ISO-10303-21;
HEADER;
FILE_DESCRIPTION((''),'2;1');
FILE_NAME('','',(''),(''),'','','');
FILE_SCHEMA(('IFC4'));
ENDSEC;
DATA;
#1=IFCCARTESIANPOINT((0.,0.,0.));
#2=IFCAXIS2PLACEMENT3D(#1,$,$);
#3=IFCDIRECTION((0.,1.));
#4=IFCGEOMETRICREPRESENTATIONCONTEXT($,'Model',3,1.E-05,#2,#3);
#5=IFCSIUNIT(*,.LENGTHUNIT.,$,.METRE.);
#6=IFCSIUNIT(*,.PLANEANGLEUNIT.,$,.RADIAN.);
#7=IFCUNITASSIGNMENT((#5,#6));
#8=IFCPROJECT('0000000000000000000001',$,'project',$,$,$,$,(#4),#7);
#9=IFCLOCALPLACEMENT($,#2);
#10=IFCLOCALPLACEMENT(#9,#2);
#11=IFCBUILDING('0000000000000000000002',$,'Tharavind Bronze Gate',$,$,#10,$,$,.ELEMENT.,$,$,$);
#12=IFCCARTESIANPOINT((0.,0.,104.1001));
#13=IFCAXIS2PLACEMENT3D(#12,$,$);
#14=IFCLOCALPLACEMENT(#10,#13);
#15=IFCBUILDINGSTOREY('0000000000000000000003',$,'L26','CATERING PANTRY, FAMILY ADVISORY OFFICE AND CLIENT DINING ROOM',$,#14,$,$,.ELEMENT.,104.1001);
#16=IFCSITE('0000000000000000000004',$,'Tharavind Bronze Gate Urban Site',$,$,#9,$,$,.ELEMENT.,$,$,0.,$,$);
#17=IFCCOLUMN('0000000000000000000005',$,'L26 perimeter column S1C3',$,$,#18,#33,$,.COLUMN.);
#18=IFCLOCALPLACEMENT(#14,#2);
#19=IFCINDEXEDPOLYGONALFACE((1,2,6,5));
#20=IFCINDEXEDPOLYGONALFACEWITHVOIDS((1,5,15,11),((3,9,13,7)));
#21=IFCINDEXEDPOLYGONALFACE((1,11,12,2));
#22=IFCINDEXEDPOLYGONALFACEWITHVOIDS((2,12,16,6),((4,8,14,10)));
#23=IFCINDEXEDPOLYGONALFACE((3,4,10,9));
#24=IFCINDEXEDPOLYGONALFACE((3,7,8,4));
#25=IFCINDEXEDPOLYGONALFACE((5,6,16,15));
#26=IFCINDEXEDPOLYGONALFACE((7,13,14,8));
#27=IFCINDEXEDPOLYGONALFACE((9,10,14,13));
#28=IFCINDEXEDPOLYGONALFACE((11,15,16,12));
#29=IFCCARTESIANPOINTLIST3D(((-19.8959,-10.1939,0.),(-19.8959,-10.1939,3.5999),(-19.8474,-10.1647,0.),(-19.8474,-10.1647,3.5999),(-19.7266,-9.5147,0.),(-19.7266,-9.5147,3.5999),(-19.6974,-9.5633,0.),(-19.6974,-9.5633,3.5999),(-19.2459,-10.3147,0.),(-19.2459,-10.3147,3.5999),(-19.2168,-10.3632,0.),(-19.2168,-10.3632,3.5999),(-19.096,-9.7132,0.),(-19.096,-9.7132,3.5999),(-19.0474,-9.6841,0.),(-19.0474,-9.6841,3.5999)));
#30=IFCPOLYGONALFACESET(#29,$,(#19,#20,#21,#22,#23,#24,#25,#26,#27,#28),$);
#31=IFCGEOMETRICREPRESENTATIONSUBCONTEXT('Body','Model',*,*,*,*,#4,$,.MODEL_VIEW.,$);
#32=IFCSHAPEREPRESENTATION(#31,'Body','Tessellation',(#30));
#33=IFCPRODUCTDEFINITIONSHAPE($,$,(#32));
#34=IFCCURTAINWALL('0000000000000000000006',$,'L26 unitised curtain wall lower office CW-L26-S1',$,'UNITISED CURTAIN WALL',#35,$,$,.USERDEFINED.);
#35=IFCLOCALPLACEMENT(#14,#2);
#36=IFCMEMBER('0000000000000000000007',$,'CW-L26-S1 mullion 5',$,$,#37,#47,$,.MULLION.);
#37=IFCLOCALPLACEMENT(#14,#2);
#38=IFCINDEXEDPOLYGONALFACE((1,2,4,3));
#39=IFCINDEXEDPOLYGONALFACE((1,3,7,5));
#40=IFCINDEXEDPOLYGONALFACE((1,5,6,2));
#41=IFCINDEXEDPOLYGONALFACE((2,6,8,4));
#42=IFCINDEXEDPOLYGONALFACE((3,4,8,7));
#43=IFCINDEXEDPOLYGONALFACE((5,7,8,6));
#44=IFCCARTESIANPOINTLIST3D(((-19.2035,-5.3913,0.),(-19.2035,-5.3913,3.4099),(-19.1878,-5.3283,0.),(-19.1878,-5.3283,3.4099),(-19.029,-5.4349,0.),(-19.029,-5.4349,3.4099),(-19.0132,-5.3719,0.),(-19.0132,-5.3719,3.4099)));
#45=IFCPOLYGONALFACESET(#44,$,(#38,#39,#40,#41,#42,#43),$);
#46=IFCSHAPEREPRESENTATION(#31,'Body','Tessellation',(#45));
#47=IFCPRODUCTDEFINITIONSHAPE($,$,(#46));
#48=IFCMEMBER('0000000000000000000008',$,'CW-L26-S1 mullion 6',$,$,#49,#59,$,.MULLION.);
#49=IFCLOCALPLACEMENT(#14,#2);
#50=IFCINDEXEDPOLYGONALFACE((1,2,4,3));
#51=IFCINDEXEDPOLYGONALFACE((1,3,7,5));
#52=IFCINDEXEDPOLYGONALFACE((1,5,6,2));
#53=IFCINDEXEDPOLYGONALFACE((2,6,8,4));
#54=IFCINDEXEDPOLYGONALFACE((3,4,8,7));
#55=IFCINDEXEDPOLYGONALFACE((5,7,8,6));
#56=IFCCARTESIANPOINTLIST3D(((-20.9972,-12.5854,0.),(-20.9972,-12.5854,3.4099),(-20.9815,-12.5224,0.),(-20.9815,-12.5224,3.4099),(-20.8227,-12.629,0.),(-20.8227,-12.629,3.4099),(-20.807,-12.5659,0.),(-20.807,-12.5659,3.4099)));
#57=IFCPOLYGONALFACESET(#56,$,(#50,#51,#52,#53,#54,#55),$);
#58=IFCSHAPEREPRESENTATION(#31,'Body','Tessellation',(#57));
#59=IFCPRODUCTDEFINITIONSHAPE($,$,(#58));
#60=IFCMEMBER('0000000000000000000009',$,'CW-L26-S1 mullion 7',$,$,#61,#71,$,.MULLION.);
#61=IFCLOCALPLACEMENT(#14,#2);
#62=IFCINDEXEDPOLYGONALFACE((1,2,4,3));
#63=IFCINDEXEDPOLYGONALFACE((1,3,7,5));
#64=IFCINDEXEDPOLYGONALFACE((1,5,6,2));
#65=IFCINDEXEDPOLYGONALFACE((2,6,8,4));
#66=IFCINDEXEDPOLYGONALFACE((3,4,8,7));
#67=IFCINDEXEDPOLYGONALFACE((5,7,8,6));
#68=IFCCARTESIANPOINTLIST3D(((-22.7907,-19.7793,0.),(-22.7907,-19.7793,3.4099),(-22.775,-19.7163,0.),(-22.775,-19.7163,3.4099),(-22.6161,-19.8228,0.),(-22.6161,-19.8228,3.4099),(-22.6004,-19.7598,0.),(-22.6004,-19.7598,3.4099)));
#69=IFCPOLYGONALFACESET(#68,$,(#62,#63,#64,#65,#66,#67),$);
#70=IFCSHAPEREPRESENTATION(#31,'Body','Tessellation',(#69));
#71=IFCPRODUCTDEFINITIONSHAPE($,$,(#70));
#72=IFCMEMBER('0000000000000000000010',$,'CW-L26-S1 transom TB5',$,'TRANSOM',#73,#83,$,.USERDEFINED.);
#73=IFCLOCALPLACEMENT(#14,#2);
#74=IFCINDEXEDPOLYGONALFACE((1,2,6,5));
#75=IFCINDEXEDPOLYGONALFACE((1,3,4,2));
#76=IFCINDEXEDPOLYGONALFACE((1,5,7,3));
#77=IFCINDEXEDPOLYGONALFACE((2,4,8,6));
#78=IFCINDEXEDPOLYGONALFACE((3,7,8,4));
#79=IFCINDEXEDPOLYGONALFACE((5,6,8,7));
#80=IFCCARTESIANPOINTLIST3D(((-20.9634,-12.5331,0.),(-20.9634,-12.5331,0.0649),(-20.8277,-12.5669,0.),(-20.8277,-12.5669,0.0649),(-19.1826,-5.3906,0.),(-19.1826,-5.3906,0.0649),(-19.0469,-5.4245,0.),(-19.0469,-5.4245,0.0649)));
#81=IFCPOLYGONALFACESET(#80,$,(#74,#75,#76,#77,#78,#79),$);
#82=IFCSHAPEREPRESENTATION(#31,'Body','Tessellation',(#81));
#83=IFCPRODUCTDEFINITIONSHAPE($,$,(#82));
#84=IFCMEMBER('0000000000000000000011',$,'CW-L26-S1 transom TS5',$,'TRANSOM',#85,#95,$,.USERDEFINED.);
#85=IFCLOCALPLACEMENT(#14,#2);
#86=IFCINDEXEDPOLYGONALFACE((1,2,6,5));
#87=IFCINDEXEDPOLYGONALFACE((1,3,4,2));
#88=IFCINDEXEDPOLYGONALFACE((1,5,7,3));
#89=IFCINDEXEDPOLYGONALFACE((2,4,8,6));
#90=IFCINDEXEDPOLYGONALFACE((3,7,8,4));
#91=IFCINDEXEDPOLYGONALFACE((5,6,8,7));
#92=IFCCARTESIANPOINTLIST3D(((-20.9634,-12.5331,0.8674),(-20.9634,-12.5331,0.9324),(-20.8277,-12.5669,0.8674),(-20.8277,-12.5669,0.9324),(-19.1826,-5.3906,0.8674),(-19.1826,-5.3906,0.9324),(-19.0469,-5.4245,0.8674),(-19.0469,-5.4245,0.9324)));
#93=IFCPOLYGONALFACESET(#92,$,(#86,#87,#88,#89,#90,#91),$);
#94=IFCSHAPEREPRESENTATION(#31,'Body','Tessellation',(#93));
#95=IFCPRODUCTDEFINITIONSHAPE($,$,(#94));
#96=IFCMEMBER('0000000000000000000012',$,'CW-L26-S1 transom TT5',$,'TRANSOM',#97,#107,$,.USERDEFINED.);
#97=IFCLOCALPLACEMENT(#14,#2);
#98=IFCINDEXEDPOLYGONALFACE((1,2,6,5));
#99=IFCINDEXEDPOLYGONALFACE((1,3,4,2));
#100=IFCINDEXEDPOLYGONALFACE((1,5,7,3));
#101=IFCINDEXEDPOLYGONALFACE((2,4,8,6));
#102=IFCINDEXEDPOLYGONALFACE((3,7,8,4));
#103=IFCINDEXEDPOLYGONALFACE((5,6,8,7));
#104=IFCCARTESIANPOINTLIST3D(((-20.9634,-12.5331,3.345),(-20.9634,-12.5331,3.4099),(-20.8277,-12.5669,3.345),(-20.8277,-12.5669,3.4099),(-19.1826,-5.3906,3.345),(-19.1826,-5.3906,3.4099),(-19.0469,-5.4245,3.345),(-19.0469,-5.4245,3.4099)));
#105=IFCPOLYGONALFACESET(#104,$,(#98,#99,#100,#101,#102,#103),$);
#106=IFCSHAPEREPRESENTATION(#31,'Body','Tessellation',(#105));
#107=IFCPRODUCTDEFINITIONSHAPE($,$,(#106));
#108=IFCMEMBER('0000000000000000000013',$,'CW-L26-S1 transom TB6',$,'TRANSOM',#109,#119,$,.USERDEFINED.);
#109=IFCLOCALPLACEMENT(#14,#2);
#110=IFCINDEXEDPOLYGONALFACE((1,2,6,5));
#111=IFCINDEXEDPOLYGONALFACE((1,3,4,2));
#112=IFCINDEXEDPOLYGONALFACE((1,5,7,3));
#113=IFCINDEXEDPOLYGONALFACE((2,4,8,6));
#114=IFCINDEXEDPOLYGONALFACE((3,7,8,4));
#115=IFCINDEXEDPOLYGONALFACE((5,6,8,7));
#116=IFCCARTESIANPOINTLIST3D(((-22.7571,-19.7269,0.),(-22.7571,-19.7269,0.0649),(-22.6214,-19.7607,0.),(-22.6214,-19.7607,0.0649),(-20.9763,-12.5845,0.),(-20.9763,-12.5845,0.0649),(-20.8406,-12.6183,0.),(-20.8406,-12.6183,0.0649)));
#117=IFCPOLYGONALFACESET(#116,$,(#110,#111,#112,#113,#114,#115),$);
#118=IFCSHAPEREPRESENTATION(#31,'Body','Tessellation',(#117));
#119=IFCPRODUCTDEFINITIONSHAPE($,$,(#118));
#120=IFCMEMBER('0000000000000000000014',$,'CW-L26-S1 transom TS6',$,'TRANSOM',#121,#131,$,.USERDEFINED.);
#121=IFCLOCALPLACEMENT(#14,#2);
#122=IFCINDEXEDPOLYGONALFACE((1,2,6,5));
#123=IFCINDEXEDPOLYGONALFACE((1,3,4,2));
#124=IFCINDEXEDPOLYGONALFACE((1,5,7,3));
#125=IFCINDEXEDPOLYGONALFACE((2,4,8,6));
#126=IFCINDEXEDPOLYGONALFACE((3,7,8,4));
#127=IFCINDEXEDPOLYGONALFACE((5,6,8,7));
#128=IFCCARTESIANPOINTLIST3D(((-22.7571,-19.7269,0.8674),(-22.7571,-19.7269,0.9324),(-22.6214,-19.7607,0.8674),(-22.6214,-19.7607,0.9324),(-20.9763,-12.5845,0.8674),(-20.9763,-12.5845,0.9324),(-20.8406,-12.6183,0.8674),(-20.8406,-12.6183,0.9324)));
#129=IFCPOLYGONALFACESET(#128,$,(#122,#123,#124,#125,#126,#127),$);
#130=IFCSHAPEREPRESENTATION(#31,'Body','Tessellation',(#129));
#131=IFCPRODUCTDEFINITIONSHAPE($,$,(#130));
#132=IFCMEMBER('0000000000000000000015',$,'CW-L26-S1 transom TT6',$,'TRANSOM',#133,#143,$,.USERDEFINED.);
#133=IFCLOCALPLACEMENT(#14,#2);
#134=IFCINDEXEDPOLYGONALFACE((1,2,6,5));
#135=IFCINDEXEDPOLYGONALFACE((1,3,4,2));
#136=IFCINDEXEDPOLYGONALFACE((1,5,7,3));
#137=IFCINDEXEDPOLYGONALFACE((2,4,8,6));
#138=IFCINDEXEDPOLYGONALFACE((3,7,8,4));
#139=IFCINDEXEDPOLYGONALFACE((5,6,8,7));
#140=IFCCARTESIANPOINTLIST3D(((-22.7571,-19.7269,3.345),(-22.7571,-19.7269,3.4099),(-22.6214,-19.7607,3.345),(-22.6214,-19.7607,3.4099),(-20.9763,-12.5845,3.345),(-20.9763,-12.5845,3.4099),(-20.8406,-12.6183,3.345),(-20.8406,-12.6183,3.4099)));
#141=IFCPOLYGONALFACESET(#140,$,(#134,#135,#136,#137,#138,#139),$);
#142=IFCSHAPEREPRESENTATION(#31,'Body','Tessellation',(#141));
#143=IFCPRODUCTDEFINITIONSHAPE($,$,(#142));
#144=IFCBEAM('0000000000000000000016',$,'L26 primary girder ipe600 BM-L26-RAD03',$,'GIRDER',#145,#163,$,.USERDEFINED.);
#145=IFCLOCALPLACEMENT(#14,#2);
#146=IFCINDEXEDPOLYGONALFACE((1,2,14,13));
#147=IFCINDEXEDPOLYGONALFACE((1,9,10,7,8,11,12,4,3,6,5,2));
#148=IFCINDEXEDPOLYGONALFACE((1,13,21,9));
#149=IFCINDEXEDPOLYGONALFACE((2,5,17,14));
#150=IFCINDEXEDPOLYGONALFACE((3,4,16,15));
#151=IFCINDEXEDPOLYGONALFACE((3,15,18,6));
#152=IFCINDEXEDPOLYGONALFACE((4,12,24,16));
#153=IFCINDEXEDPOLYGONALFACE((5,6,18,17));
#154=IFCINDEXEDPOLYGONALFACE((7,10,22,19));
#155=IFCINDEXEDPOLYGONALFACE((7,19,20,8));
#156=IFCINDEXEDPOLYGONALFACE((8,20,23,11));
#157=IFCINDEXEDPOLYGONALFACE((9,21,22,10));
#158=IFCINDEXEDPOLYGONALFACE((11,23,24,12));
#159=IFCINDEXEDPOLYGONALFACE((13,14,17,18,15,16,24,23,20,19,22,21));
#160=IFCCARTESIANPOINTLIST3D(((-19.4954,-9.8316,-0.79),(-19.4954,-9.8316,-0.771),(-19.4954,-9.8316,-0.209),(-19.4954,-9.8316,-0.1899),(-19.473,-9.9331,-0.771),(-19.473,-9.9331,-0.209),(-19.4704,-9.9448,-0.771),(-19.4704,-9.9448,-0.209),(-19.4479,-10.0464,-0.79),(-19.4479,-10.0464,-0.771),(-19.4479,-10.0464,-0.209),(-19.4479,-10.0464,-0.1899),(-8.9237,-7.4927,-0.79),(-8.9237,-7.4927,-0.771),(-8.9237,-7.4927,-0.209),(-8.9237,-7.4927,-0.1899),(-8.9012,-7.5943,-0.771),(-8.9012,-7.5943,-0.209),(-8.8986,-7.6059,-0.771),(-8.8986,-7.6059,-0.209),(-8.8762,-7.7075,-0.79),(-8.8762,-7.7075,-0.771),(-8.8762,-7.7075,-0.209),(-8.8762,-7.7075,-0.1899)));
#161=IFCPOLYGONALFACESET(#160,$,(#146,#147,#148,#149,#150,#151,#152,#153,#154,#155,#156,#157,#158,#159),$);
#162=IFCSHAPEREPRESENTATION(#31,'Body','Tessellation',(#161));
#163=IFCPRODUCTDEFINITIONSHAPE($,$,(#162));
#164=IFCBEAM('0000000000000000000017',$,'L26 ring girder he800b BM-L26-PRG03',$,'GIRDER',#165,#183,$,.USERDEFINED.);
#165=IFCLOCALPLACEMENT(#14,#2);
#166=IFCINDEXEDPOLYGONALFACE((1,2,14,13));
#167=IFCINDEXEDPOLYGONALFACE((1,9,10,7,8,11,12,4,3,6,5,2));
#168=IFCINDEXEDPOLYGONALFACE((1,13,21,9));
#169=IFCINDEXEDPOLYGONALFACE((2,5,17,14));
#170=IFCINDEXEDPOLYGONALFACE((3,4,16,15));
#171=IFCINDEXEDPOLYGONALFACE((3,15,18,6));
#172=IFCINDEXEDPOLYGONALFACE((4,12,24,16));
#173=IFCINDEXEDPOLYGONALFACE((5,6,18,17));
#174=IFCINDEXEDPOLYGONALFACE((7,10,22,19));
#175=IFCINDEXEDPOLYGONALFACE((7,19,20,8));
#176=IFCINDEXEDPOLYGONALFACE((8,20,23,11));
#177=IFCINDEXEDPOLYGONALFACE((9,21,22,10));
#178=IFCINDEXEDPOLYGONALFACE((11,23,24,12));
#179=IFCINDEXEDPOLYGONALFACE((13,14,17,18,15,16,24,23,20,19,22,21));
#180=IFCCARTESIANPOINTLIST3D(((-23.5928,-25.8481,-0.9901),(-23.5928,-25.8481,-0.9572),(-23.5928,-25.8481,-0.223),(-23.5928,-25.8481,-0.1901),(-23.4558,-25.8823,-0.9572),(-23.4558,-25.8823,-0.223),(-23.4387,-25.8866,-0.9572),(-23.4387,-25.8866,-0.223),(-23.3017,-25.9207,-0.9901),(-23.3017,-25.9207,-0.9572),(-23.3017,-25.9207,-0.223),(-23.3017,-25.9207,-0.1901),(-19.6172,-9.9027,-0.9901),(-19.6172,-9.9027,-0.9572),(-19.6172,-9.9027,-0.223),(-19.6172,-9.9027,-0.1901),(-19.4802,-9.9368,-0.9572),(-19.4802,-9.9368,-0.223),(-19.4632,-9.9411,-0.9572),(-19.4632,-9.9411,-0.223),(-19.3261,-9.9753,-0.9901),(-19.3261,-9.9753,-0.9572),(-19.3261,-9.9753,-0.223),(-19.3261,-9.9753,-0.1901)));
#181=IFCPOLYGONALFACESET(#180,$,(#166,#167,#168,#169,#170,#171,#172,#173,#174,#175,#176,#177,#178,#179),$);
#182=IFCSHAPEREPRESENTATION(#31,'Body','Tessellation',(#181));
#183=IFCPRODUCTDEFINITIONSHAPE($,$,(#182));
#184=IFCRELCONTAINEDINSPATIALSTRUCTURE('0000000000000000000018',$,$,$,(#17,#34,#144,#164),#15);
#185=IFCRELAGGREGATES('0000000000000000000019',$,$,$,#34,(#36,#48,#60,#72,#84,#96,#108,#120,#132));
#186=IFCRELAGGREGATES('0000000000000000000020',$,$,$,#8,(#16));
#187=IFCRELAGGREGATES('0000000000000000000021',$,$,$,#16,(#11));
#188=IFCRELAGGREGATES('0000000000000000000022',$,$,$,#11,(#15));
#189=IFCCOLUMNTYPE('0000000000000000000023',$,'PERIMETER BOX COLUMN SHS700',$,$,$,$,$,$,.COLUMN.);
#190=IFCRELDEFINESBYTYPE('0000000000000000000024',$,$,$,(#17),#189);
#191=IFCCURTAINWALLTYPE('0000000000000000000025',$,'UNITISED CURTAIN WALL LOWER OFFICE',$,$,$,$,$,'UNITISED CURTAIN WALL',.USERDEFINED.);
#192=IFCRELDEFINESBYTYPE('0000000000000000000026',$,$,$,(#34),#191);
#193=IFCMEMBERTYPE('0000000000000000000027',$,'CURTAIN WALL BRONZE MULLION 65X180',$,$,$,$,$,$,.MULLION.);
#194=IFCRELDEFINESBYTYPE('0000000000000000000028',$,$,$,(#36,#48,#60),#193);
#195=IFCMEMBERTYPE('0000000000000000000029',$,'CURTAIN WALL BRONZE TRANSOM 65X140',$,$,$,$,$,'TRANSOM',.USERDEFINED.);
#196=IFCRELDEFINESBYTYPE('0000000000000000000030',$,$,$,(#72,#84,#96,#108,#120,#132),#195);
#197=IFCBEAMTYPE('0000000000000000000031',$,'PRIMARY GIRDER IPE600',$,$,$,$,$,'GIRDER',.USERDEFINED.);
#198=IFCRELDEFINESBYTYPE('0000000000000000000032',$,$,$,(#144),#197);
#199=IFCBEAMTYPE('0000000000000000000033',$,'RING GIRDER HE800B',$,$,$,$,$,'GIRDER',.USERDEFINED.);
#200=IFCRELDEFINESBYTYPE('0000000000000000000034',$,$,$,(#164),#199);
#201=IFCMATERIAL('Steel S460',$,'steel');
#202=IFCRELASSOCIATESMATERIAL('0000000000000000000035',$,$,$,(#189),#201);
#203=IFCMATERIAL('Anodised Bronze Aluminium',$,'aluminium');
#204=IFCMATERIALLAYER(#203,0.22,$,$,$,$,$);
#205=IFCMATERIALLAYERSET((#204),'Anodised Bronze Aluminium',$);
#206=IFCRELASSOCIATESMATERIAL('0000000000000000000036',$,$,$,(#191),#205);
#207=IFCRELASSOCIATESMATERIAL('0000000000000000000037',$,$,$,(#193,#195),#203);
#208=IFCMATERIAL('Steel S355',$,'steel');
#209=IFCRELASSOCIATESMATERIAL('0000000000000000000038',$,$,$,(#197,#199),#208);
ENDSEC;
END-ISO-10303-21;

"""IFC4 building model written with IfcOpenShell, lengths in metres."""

from ifc_helpers import new_model, si_unit, direction, frame, origin, origin_2d, place, context, subcontext, project, spatial, rectangle, hollow_rectangle, i_section, extrude, material, layer, layer_set, material_profile, profile_set, type_object, element, aggregate, save


model = new_model("IFC4")

# Units and contexts
model_context = context("Model", 3, precision=1e-05, world=origin(), true_north=direction((0.0, 1.0)))
body_context = subcontext(model_context, "Body", "Model", "MODEL_VIEW")
ifc_project = project(units=[si_unit("LENGTHUNIT", "METRE"), si_unit("PLANEANGLEUNIT", "RADIAN")], contexts=[model_context])

# Site, building, storey
site_placement = place(None, origin())
site = spatial("IfcSite", under=ifc_project, at=site_placement, Name="Tharavind Bronze Gate Urban Site", CompositionType="ELEMENT", RefElevation=0.0)
building_placement = place(site_placement, origin())
building = spatial("IfcBuilding", under=site, at=building_placement, Name="Tharavind Bronze Gate", CompositionType="ELEMENT")
storey_placement = place(building_placement, frame((0.0, 0.0, 104.1001)))
storey = spatial("IfcBuildingStorey", under=building, at=storey_placement, Name="L26", Description="CATERING PANTRY, FAMILY ADVISORY OFFICE AND CLIENT DINING ROOM", CompositionType="ELEMENT", Elevation=104.1001)

# Column
ifc_material_1 = material(Name="Steel S460", Category="steel")
ifc_material_profile_1 = material_profile(ifc_material_1, hollow_rectangle(XDim=0.7, YDim=0.7, WallThickness=0.04, at=origin_2d()), Name="SHS700X40")
ifc_profile_set_1 = profile_set([ifc_material_profile_1], Name="Steel S460")
column_type = type_object("IfcColumnType", Name="PERIMETER BOX COLUMN SHS700", PredefinedType="COLUMN", material=ifc_profile_set_1)
column_placement = place(storey_placement, frame((-19.4717, -9.939, 0.0), z_axis=(0.0, 0.0, 1.0), x_axis=(0.241922, 0.970296, 0.0)))
element("IfcColumn", 1, at=column_placement, inside=storey, type_object=column_type, Name="L26 perimeter column S1C3", PredefinedType="COLUMN", context=body_context, shape_type="SweptSolid", body=[
    extrude(hollow_rectangle(XDim=0.7, YDim=0.7, WallThickness=0.04, at=origin_2d()), origin(), (0.0, 0.0, 1.0), 3.5999),
])

# Curtain wall, members
ifc_material_2 = material(Name="Anodised Bronze Aluminium", Category="aluminium")
ifc_layer_1 = layer(ifc_material_2, 0.22)
ifc_layer_set_1 = layer_set([ifc_layer_1], Name="Anodised Bronze Aluminium")
curtain_wall_type = type_object("IfcCurtainWallType", Name="UNITISED CURTAIN WALL LOWER OFFICE", ElementType="UNITISED CURTAIN WALL", PredefinedType="USERDEFINED", material=ifc_layer_set_1)
curtain_wall_placement = place(storey_placement, origin())
curtain_wall = element("IfcCurtainWall", 2, at=curtain_wall_placement, inside=storey, type_object=curtain_wall_type, Name="L26 unitised curtain wall lower office CW-L26-S1", ObjectType="UNITISED CURTAIN WALL", PredefinedType="USERDEFINED")
member_type_1 = type_object("IfcMemberType", Name="CURTAIN WALL BRONZE MULLION 65X180", PredefinedType="MULLION", material=ifc_material_2)
member_1_placement = place(storey_placement, frame((-19.1084, -5.3816, 0.0), z_axis=(0.0, 0.0, 1.0), x_axis=(-0.241922, -0.970296, 0.0)))
member_1 = element("IfcMember", 3, at=member_1_placement, type_object=member_type_1, Name="CW-L26-S1 mullion 5", PredefinedType="MULLION", context=body_context, shape_type="SweptSolid", body=[
    extrude(rectangle(XDim=0.0649, YDim=0.1799, at=origin_2d()), origin(), (0.0, 0.0, 1.0), 3.4099),
])
member_2_placement = place(storey_placement, frame((-20.9021, -12.5757, 0.0), z_axis=(0.0, 0.0, 1.0), x_axis=(-0.241922, -0.970296, 0.0)))
member_2 = element("IfcMember", 4, at=member_2_placement, type_object=member_type_1, Name="CW-L26-S1 mullion 6", PredefinedType="MULLION", context=body_context, shape_type="SweptSolid", body=[
    extrude(rectangle(XDim=0.0649, YDim=0.1799, at=origin_2d()), origin(), (0.0, 0.0, 1.0), 3.4099),
])
member_3_placement = place(storey_placement, frame((-22.6956, -19.7695, 0.0), z_axis=(0.0, 0.0, 1.0), x_axis=(-0.241922, -0.970296, 0.0)))
member_3 = element("IfcMember", 5, at=member_3_placement, type_object=member_type_1, Name="CW-L26-S1 mullion 7", PredefinedType="MULLION", context=body_context, shape_type="SweptSolid", body=[
    extrude(rectangle(XDim=0.0649, YDim=0.1799, at=origin_2d()), origin(), (0.0, 0.0, 1.0), 3.4099),
])
member_type_2 = type_object("IfcMemberType", Name="CURTAIN WALL BRONZE TRANSOM 65X140", ElementType="TRANSOM", PredefinedType="USERDEFINED", material=ifc_material_2)
member_4_placement = place(storey_placement, frame((-20.0051, -8.9788, 0.0), z_axis=(0.0, 0.0, 1.0), x_axis=(-0.241922, -0.970296, 0.0)))
member_4 = element("IfcMember", 6, at=member_4_placement, type_object=member_type_2, Name="CW-L26-S1 transom TB5", ObjectType="TRANSOM", PredefinedType="USERDEFINED", context=body_context, shape_type="SweptSolid", body=[
    extrude(rectangle(XDim=7.3611, YDim=0.1399, at=origin_2d()), origin(), (0.0, 0.0, 1.0), 0.0649),
])
member_5_placement = place(storey_placement, frame((-20.0051, -8.9788, 0.8674), z_axis=(0.0, 0.0, 1.0), x_axis=(-0.241922, -0.970296, 0.0)))
member_5 = element("IfcMember", 7, at=member_5_placement, type_object=member_type_2, Name="CW-L26-S1 transom TS5", ObjectType="TRANSOM", PredefinedType="USERDEFINED", context=body_context, shape_type="SweptSolid", body=[
    extrude(rectangle(XDim=7.3611, YDim=0.1399, at=origin_2d()), origin(), (0.0, 0.0, 1.0), 0.0649),
])
member_6_placement = place(storey_placement, frame((-20.0051, -8.9788, 3.345), z_axis=(0.0, 0.0, 1.0), x_axis=(-0.241922, -0.970296, 0.0)))
member_6 = element("IfcMember", 8, at=member_6_placement, type_object=member_type_2, Name="CW-L26-S1 transom TT5", ObjectType="TRANSOM", PredefinedType="USERDEFINED", context=body_context, shape_type="SweptSolid", body=[
    extrude(rectangle(XDim=7.3611, YDim=0.1399, at=origin_2d()), origin(), (0.0, 0.0, 1.0), 0.0649),
])
member_7_placement = place(storey_placement, frame((-21.7988, -16.1726, 0.0), z_axis=(0.0, 0.0, 1.0), x_axis=(-0.241922, -0.970296, 0.0)))
member_7 = element("IfcMember", 9, at=member_7_placement, type_object=member_type_2, Name="CW-L26-S1 transom TB6", ObjectType="TRANSOM", PredefinedType="USERDEFINED", context=body_context, shape_type="SweptSolid", body=[
    extrude(rectangle(XDim=7.3611, YDim=0.1399, at=origin_2d()), origin(), (0.0, 0.0, 1.0), 0.0649),
])
member_8_placement = place(storey_placement, frame((-21.7988, -16.1726, 0.8674), z_axis=(0.0, 0.0, 1.0), x_axis=(-0.241922, -0.970296, 0.0)))
member_8 = element("IfcMember", 10, at=member_8_placement, type_object=member_type_2, Name="CW-L26-S1 transom TS6", ObjectType="TRANSOM", PredefinedType="USERDEFINED", context=body_context, shape_type="SweptSolid", body=[
    extrude(rectangle(XDim=7.3611, YDim=0.1399, at=origin_2d()), origin(), (0.0, 0.0, 1.0), 0.0649),
])
member_9_placement = place(storey_placement, frame((-21.7988, -16.1726, 3.345), z_axis=(0.0, 0.0, 1.0), x_axis=(-0.241922, -0.970296, 0.0)))
member_9 = element("IfcMember", 11, at=member_9_placement, type_object=member_type_2, Name="CW-L26-S1 transom TT6", ObjectType="TRANSOM", PredefinedType="USERDEFINED", context=body_context, shape_type="SweptSolid", body=[
    extrude(rectangle(XDim=7.3611, YDim=0.1399, at=origin_2d()), origin(), (0.0, 0.0, 1.0), 0.0649),
])

# Beams
ifc_material_3 = material(Name="Steel S355", Category="steel")
ifc_material_profile_2 = material_profile(ifc_material_3, i_section(OverallWidth=0.22, OverallDepth=0.6001, WebThickness=0.012, FlangeThickness=0.019, at=origin_2d()), Name="IPE600")
ifc_profile_set_2 = profile_set([ifc_material_profile_2], Name="Steel S355")
beam_type_1 = type_object("IfcBeamType", Name="PRIMARY GIRDER IPE600", ElementType="GIRDER", PredefinedType="USERDEFINED", material=ifc_profile_set_2)
beam_1_placement = place(storey_placement, frame((-19.4717, -9.939, -0.49), z_axis=(0.97639, 0.216014, 0.0), x_axis=(-0.216014, 0.97639, 0.0)))
element("IfcBeam", 12, at=beam_1_placement, inside=storey, type_object=beam_type_1, Name="L26 primary girder ipe600 BM-L26-RAD03", ObjectType="GIRDER", PredefinedType="USERDEFINED", context=body_context, shape_type="SweptSolid", body=[
    extrude(i_section(OverallWidth=0.22, OverallDepth=0.6001, WebThickness=0.012, FlangeThickness=0.019, at=origin_2d()), origin(), (0.0, 0.0, 1.0), 10.8274),
])
ifc_material_profile_3 = material_profile(ifc_material_3, i_section(OverallWidth=0.3, OverallDepth=0.8, WebThickness=0.0176, FlangeThickness=0.033, at=origin_2d()), Name="HE800B")
ifc_profile_set_3 = profile_set([ifc_material_profile_3], Name="Steel S355")
beam_type_2 = type_object("IfcBeamType", Name="RING GIRDER HE800B", ElementType="GIRDER", PredefinedType="USERDEFINED", material=ifc_profile_set_3)
beam_2_placement = place(storey_placement, frame((-19.4717, -9.939, -0.5901), z_axis=(-0.241917, -0.970297, 0.0), x_axis=(0.970297, -0.241917, 0.0)))
element("IfcBeam", 13, at=beam_2_placement, inside=storey, type_object=beam_type_2, Name="L26 ring girder he800b BM-L26-PRG03", ObjectType="GIRDER", PredefinedType="USERDEFINED", context=body_context, shape_type="SweptSolid", body=[
    extrude(i_section(OverallWidth=0.3, OverallDepth=0.8, WebThickness=0.0176, FlangeThickness=0.033, at=origin_2d()), origin(), (0.0, 0.0, 1.0), 16.4336),
])

aggregate(curtain_wall, [member_1, member_2, member_3, member_4, member_5, member_6, member_7, member_8, member_9])

save(model, "model.ifc")
